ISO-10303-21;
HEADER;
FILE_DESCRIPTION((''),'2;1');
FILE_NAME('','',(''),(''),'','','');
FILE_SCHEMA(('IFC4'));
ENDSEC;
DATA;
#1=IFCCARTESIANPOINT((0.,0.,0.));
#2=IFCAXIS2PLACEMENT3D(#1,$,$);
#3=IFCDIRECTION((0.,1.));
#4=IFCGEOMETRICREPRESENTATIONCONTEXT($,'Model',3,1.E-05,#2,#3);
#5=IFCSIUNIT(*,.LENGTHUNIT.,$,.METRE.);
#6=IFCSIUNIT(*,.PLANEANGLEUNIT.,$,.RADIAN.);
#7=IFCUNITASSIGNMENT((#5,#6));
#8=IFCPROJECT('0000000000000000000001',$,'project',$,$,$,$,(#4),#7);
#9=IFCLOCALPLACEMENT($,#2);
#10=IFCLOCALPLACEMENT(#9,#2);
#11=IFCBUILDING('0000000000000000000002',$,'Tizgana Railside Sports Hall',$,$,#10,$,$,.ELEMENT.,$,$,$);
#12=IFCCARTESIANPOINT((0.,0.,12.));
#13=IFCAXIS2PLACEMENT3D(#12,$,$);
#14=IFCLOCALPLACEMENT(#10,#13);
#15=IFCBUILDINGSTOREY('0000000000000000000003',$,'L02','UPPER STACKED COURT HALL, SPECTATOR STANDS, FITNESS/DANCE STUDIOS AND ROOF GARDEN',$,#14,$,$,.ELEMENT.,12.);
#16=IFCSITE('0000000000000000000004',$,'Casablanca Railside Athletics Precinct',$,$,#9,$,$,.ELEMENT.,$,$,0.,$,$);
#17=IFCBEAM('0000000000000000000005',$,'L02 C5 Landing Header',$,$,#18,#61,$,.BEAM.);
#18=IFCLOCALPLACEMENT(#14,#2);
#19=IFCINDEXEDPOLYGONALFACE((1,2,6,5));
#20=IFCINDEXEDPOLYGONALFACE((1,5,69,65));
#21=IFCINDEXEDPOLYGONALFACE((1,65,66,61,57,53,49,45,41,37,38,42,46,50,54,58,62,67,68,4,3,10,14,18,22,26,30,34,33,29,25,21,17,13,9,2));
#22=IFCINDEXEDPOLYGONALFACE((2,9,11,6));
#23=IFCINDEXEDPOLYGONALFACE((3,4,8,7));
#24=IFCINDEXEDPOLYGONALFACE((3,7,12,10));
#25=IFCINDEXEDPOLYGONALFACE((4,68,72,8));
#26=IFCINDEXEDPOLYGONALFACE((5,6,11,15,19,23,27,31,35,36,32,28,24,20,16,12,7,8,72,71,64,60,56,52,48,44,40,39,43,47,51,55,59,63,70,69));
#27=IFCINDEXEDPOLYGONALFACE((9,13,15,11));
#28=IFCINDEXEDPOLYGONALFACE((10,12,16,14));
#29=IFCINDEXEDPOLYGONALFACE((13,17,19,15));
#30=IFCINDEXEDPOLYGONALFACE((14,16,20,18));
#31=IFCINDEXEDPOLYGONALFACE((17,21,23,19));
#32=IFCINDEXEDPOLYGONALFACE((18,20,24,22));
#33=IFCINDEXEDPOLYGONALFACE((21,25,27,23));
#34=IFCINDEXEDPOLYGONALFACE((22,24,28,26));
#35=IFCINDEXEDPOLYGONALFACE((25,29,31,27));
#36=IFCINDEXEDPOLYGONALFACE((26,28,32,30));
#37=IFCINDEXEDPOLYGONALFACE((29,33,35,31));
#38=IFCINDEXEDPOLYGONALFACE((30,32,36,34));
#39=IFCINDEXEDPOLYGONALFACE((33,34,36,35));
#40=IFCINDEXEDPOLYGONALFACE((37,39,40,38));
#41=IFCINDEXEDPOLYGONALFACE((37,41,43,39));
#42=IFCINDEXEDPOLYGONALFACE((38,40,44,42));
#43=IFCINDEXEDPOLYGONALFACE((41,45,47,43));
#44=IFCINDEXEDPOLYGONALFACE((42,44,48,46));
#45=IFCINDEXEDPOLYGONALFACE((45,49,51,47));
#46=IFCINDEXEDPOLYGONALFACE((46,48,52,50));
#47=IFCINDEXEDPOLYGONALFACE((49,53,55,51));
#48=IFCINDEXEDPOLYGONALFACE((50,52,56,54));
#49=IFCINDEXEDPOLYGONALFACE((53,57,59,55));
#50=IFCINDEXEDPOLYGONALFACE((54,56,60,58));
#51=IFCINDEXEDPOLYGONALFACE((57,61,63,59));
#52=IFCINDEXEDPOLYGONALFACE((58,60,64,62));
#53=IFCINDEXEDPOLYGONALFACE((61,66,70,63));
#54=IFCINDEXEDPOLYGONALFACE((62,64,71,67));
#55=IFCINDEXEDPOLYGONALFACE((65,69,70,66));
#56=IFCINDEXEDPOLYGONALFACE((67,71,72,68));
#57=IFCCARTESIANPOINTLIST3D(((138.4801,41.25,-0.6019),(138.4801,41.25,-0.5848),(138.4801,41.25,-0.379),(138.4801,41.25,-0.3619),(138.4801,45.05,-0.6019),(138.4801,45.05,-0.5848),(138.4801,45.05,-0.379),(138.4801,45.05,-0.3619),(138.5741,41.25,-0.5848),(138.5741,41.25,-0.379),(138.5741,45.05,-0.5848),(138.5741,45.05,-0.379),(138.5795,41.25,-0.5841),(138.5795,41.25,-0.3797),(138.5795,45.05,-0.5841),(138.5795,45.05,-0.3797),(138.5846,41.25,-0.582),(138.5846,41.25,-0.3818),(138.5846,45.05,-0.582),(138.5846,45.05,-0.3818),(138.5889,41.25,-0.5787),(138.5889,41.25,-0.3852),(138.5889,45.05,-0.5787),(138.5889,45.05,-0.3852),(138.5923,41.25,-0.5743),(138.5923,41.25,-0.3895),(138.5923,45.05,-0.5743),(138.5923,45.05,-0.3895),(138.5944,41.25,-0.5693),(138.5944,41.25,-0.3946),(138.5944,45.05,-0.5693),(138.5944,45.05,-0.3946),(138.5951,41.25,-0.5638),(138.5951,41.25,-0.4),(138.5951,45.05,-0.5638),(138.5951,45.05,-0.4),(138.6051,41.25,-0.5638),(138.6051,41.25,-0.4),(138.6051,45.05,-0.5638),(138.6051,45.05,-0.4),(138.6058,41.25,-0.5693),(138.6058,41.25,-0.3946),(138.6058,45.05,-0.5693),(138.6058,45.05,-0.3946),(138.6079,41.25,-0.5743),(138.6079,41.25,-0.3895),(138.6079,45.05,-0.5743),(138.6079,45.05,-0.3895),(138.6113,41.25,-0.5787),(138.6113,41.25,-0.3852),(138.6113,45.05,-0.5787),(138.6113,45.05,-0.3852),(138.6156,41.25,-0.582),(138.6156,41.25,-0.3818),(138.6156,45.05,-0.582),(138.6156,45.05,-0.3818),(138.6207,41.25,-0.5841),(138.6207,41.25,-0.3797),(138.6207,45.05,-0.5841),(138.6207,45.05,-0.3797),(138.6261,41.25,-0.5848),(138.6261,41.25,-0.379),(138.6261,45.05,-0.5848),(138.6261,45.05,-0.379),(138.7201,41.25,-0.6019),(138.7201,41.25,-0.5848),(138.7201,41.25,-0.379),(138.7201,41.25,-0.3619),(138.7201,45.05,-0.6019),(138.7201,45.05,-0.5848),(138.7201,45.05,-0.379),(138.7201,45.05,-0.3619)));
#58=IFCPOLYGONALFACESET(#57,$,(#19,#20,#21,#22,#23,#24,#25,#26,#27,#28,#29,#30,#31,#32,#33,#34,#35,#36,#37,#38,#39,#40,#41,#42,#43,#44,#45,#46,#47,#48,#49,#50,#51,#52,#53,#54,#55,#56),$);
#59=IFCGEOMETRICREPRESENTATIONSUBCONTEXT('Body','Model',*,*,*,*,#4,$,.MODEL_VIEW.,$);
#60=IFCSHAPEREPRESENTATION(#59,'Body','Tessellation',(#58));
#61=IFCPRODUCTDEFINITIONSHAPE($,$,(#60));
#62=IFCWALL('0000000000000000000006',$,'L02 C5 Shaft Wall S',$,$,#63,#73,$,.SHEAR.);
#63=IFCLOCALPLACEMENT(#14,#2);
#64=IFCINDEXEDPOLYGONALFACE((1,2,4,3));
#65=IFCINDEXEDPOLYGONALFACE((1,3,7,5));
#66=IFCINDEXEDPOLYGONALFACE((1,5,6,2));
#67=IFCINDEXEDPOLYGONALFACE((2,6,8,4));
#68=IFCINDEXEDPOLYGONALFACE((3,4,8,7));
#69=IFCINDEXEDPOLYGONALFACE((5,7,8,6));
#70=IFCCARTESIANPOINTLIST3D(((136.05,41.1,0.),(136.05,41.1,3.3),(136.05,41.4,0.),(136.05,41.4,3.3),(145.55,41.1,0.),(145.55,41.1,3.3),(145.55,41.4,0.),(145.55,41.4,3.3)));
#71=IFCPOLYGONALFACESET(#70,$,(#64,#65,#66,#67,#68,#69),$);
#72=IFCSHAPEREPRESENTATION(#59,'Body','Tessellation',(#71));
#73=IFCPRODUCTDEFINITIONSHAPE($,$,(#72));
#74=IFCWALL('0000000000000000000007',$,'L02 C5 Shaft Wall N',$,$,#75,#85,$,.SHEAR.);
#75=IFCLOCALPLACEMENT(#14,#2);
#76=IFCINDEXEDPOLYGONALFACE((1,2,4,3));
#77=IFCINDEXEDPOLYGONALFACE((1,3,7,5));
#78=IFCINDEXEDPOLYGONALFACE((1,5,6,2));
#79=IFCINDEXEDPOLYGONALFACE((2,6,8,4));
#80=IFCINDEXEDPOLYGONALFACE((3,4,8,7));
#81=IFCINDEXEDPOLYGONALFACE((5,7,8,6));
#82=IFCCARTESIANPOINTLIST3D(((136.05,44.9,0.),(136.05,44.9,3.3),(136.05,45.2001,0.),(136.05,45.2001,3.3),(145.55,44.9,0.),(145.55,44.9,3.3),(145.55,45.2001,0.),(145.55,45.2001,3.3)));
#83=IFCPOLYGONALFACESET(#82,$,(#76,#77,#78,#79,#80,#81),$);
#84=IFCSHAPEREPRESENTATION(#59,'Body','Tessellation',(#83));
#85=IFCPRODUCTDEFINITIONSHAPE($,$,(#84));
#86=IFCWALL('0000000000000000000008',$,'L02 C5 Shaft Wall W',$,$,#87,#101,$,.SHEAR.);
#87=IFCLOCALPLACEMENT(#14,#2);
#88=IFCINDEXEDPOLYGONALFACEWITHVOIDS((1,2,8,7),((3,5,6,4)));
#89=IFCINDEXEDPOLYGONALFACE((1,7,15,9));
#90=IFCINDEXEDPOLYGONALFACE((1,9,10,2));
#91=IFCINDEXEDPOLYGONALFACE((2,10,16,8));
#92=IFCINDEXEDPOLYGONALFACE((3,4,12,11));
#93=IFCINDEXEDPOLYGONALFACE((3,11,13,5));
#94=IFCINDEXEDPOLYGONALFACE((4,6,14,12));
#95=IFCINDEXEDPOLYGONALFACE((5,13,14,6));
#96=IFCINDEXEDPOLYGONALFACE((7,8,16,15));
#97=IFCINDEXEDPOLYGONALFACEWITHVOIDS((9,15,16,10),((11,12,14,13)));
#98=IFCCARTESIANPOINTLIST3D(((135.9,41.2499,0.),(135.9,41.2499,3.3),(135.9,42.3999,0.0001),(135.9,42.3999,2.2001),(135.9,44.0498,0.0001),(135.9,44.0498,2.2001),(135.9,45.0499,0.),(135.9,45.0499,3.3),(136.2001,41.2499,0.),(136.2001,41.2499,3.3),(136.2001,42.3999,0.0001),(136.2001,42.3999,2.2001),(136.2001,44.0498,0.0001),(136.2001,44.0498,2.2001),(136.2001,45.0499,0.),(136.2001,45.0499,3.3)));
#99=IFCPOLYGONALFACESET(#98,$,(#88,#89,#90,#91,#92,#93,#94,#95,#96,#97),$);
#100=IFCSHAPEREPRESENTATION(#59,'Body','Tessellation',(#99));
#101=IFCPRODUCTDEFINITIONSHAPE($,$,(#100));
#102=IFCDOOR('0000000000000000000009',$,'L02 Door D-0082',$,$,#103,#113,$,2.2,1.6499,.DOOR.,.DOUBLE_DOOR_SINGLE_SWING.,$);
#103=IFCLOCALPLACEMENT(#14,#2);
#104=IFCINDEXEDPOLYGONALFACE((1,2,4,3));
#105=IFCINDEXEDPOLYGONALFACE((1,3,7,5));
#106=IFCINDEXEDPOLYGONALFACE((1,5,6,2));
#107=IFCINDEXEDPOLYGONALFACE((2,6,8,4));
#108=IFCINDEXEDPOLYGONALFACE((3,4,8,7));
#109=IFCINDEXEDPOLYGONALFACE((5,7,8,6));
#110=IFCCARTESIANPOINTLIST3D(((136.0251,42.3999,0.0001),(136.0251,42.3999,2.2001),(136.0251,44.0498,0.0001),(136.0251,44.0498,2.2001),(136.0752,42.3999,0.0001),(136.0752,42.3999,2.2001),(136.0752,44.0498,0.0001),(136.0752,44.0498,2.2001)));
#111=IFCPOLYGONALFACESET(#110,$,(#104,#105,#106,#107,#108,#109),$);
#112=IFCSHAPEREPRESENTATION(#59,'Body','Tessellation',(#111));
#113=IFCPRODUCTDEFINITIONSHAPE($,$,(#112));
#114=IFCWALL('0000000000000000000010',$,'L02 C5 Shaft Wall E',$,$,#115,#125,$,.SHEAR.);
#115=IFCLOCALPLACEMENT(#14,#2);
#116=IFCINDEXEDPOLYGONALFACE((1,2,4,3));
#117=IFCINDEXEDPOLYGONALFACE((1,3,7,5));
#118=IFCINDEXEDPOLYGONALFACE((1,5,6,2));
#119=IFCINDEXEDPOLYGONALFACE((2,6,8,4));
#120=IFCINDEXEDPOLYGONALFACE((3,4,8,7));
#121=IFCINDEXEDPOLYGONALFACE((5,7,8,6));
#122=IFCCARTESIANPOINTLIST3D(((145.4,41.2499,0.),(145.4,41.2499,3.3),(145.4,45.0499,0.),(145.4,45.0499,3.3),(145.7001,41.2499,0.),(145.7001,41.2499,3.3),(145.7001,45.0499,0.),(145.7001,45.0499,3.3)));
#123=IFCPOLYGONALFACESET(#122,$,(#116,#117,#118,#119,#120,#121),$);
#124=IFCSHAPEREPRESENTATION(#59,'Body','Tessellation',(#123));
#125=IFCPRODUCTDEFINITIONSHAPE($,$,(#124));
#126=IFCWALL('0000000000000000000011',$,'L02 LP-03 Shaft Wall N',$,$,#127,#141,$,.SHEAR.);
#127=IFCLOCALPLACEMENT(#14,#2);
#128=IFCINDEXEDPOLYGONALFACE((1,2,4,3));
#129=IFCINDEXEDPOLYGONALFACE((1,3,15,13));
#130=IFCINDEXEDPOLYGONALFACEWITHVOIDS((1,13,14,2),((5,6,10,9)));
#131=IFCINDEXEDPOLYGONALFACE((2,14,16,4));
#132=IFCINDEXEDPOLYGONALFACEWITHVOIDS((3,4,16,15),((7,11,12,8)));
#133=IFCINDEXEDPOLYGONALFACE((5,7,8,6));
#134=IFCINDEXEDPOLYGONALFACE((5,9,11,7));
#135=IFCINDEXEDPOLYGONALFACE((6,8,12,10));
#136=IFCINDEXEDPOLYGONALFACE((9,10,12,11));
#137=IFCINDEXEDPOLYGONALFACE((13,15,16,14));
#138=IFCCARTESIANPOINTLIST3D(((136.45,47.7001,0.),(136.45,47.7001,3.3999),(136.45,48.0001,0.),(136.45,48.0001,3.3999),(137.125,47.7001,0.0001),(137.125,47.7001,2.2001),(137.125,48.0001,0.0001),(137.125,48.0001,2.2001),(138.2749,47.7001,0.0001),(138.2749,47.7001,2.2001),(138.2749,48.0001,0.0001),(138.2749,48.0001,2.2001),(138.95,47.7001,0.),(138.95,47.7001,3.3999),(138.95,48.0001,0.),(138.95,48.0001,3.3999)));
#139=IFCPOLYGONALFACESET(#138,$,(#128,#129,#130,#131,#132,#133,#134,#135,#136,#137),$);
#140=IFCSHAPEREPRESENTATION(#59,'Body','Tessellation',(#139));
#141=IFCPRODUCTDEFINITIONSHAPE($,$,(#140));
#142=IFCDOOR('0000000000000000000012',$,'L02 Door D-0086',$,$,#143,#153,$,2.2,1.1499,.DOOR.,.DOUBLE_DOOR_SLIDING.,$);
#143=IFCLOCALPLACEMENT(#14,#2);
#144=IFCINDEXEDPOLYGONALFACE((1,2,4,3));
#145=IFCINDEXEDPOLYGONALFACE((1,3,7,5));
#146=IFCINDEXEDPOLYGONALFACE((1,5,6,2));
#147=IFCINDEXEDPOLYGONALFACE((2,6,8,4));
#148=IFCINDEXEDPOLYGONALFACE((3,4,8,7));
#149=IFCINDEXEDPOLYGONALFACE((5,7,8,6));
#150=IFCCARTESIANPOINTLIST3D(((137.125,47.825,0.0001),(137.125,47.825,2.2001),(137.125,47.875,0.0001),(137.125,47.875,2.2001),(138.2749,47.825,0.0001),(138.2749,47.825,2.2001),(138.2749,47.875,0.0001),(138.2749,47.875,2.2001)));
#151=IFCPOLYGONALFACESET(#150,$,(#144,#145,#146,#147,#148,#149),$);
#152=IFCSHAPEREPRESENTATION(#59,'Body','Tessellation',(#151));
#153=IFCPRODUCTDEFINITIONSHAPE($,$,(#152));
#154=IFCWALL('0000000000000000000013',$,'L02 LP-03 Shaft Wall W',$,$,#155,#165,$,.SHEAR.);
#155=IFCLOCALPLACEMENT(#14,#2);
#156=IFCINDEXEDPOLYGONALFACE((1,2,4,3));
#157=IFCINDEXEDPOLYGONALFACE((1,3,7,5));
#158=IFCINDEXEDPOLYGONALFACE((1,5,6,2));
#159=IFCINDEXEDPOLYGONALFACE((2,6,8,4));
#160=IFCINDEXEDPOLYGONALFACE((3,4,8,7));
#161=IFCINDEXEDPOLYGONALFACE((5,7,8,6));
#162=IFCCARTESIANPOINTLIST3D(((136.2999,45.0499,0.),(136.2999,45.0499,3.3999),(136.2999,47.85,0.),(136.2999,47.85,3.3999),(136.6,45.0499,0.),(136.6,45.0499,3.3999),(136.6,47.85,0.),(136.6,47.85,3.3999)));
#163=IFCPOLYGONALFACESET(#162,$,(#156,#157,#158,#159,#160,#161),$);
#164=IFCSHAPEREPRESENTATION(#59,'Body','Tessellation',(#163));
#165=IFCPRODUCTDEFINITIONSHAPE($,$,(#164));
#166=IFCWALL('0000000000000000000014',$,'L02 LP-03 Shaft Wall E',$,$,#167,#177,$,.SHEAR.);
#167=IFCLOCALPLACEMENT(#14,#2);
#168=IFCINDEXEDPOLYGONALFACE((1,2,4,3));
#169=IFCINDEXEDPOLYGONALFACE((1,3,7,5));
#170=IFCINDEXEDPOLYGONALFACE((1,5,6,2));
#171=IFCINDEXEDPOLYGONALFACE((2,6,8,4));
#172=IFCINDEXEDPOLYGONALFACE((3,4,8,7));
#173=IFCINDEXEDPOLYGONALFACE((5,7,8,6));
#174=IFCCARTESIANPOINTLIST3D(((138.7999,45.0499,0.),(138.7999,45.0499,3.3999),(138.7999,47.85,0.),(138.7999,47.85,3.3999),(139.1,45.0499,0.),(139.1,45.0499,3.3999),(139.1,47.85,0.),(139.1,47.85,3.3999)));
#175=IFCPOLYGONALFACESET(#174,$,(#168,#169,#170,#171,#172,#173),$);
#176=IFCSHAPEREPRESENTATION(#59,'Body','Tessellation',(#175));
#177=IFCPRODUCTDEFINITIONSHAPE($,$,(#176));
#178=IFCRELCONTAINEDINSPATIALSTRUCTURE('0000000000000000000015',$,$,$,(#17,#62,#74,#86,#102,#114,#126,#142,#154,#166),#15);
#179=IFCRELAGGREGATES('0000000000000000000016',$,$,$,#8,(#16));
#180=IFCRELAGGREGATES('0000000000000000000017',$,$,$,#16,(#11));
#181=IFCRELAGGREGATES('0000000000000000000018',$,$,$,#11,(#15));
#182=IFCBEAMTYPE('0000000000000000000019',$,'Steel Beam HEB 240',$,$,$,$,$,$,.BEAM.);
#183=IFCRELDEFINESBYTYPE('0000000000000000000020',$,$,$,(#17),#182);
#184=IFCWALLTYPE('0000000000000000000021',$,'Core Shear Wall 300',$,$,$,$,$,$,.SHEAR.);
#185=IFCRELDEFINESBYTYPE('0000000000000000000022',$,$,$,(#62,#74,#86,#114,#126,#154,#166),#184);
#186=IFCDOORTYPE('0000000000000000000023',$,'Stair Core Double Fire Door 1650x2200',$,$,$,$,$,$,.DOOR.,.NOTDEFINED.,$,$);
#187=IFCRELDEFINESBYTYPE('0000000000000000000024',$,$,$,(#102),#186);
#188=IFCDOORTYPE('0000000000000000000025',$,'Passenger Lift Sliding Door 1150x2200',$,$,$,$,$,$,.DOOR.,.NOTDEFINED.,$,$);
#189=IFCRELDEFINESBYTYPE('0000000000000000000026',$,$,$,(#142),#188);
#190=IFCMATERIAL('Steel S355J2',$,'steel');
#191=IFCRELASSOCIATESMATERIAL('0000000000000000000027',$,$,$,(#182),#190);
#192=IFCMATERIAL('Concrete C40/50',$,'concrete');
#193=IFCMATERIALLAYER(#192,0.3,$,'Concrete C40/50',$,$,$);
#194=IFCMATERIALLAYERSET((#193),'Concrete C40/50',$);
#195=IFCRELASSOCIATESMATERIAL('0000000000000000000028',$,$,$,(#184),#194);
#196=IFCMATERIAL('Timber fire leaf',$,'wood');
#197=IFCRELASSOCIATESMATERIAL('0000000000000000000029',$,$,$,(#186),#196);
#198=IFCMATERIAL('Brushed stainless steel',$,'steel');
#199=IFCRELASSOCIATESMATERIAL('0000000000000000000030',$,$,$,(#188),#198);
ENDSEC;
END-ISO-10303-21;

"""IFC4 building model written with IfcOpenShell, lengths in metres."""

from ifc_helpers import new_model, si_unit, direction, frame, frame_2d, origin, origin_2d, place, context, subcontext, project, spatial, rectangle, i_section, extrude, material, layer, layer_set, material_profile, profile_set, type_object, element, fill, save


model = new_model("IFC4")

# Units and contexts
model_context = context("Model", 3, precision=1e-05, world=origin(), true_north=direction((0.0, 1.0)))
body_context = subcontext(model_context, "Body", "Model", "MODEL_VIEW")
ifc_project = project(units=[si_unit("LENGTHUNIT", "METRE"), si_unit("PLANEANGLEUNIT", "RADIAN")], contexts=[model_context])

# Site, building, storey
site_placement = place(None, origin())
site = spatial("IfcSite", under=ifc_project, at=site_placement, Name="Casablanca Railside Athletics Precinct", CompositionType="ELEMENT", RefElevation=0.0)
building_placement = place(site_placement, origin())
building = spatial("IfcBuilding", under=site, at=building_placement, Name="Tizgana Railside Sports Hall", CompositionType="ELEMENT")
storey_placement = place(building_placement, frame((0.0, 0.0, 12.0)))
storey = spatial("IfcBuildingStorey", under=building, at=storey_placement, Name="L02", Description="UPPER STACKED COURT HALL, SPECTATOR STANDS, FITNESS/DANCE STUDIOS AND ROOF GARDEN", CompositionType="ELEMENT", Elevation=12.0)

# Beam
ifc_material_1 = material(Name="Steel S355J2", Category="steel")
ifc_material_profile = material_profile(ifc_material_1, i_section(OverallWidth=0.24, OverallDepth=0.24, WebThickness=0.01, FlangeThickness=0.0171, FilletRadius=0.021, at=origin_2d()), Name="HEB 240")
ifc_profile_set = profile_set([ifc_material_profile], Name="Steel S355J2")
beam_type = type_object("IfcBeamType", Name="Steel Beam HEB 240", PredefinedType="BEAM", material=ifc_profile_set)
beam_placement = place(storey_placement, frame((138.6001, 41.25, -0.4819), z_axis=(0.0, 1.0, 0.0), x_axis=(-1.0, 0.0, 0.0)))
element("IfcBeam", 1, at=beam_placement, inside=storey, type_object=beam_type, Name="L02 C5 Landing Header", PredefinedType="BEAM", context=body_context, shape_type="SweptSolid", body=[
    extrude(i_section(OverallWidth=0.24, OverallDepth=0.24, WebThickness=0.01, FlangeThickness=0.0171, FilletRadius=0.021, at=origin_2d()), origin(), (0.0, 0.0, 1.0), 3.8),
])

# Walls
ifc_material_2 = material(Name="Concrete C40/50", Category="concrete")
ifc_layer_1 = layer(ifc_material_2, 0.3, Name="Concrete C40/50")
ifc_layer_set_1 = layer_set([ifc_layer_1], Name="Concrete C40/50")
wall_type_1 = type_object("IfcWallType", Name="Core Shear Wall 300", PredefinedType="SHEAR", material=ifc_layer_set_1)
for number, where, z_axis, x_axis, name in (
    (2, (145.55, 41.25, 0.0), (0.0, 0.0, 1.0), (-1.0, 0.0, 0.0), "L02 C5 Shaft Wall S"),
    (3, (136.05, 45.05, 0.0), (0.0, 0.0, 1.0), (1.0, 0.0, 0.0), "L02 C5 Shaft Wall N"),
):
    element("IfcWall", number, at=place(storey_placement, frame(where, z_axis=z_axis, x_axis=x_axis)), inside=storey, type_object=wall_type_1, Name=name, PredefinedType="SHEAR", context=body_context, shape_type="SweptSolid", body=[
        extrude(rectangle(XDim=9.5, YDim=0.3, at=frame_2d((4.75, 0.0))), origin(), (0.0, 0.0, 1.0), 3.3),
    ])

# Wall, opening, door
wall_1_placement = place(storey_placement, frame((136.05, 41.25, 0.0), z_axis=(0.0, 0.0, 1.0), x_axis=(0.0, 1.0, 0.0)))
wall_1 = element("IfcWall", 4, at=wall_1_placement, inside=storey, type_object=wall_type_1, Name="L02 C5 Shaft Wall W", PredefinedType="SHEAR", context=body_context, shape_type="SweptSolid", body=[
    extrude(rectangle(XDim=3.8, YDim=0.3, at=frame_2d((1.8999, 0.0))), origin(), (0.0, 0.0, 1.0), 3.3),
])
opening_1_placement = place(wall_1_placement, frame((1.1499, 0.0, 0.0)))
opening_1 = element("IfcOpeningElement", 5, at=opening_1_placement, cuts=wall_1, PredefinedType="OPENING", context=body_context, shape_type="SweptSolid", body=[
    extrude(rectangle(XDim=1.6499, YDim=2.2, at=frame_2d((0.825, 1.1001))), frame((0.0, 0.1599, 0.0), z_axis=(0.0, -1.0, 0.0), x_axis=(1.0, 0.0, 0.0)), (0.0, 0.0, 1.0), 0.3201),
])
ifc_material_3 = material(Name="Timber fire leaf", Category="wood")
door_type_1 = type_object("IfcDoorType", Name="Stair Core Double Fire Door 1650x2200", OperationType="NOTDEFINED", PredefinedType="DOOR", material=ifc_material_3)
door_1_placement = place(opening_1_placement, origin())
door_1 = element("IfcDoor", 6, at=door_1_placement, inside=storey, type_object=door_type_1, Name="L02 Door D-0082", OperationType="DOUBLE_DOOR_SINGLE_SWING", OverallHeight=2.2, OverallWidth=1.6499, PredefinedType="DOOR", context=body_context, shape_type="SweptSolid", body=[
    extrude(rectangle(XDim=1.6499, YDim=2.2, at=frame_2d((0.825, 1.1001))), frame((0.0, 0.0249, 0.0), z_axis=(0.0, -1.0, 0.0), x_axis=(1.0, 0.0, 0.0)), (0.0, 0.0, 1.0), 0.05),
])
fill(opening_1, door_1)

# Wall
wall_2_placement = place(storey_placement, frame((145.55, 41.25, 0.0), z_axis=(0.0, 0.0, 1.0), x_axis=(0.0, 1.0, 0.0)))
element("IfcWall", 7, at=wall_2_placement, inside=storey, type_object=wall_type_1, Name="L02 C5 Shaft Wall E", PredefinedType="SHEAR", context=body_context, shape_type="SweptSolid", body=[
    extrude(rectangle(XDim=3.8, YDim=0.3, at=frame_2d((1.8999, 0.0))), origin(), (0.0, 0.0, 1.0), 3.3),
])

# Wall, opening, door
wall_3_placement = place(storey_placement, frame((136.45, 47.8501, 0.0), z_axis=(0.0, 0.0, 1.0), x_axis=(1.0, 0.0, 0.0)))
wall_3 = element("IfcWall", 8, at=wall_3_placement, inside=storey, type_object=wall_type_1, Name="L02 LP-03 Shaft Wall N", PredefinedType="SHEAR", context=body_context, shape_type="SweptSolid", body=[
    extrude(rectangle(XDim=2.5, YDim=0.3, at=frame_2d((1.25, 0.0))), origin(), (0.0, 0.0, 1.0), 3.3999),
])
opening_2_placement = place(wall_3_placement, frame((0.675, 0.0, 0.0)))
opening_2 = element("IfcOpeningElement", 9, at=opening_2_placement, cuts=wall_3, PredefinedType="OPENING", context=body_context, shape_type="SweptSolid", body=[
    extrude(rectangle(XDim=1.1499, YDim=2.2, at=frame_2d((0.575, 1.1001))), frame((0.0, 0.1599, 0.0), z_axis=(0.0, -1.0, 0.0), x_axis=(1.0, 0.0, 0.0)), (0.0, 0.0, 1.0), 0.3201),
])
ifc_material_4 = material(Name="Brushed stainless steel", Category="steel")
door_type_2 = type_object("IfcDoorType", Name="Passenger Lift Sliding Door 1150x2200", OperationType="NOTDEFINED", PredefinedType="DOOR", material=ifc_material_4)
door_2_placement = place(opening_2_placement, origin())
door_2 = element("IfcDoor", 10, at=door_2_placement, inside=storey, type_object=door_type_2, Name="L02 Door D-0086", OperationType="DOUBLE_DOOR_SLIDING", OverallHeight=2.2, OverallWidth=1.1499, PredefinedType="DOOR", context=body_context, shape_type="SweptSolid", body=[
    extrude(rectangle(XDim=1.1499, YDim=2.2, at=frame_2d((0.575, 1.1001))), frame((0.0, 0.0249, 0.0), z_axis=(0.0, -1.0, 0.0), x_axis=(1.0, 0.0, 0.0)), (0.0, 0.0, 1.0), 0.05),
])
fill(opening_2, door_2)

# Walls
for number, where, z_axis, x_axis, name in (
    (11, (136.45, 45.05, 0.0), (0.0, 0.0, 1.0), (0.0, 1.0, 0.0), "L02 LP-03 Shaft Wall W"),
    (12, (138.95, 45.05, 0.0), (0.0, 0.0, 1.0), (0.0, 1.0, 0.0), "L02 LP-03 Shaft Wall E"),
):
    element("IfcWall", number, at=place(storey_placement, frame(where, z_axis=z_axis, x_axis=x_axis)), inside=storey, type_object=wall_type_1, Name=name, PredefinedType="SHEAR", context=body_context, shape_type="SweptSolid", body=[
        extrude(rectangle(XDim=2.8, YDim=0.3, at=frame_2d((1.3999, 0.0))), origin(), (0.0, 0.0, 1.0), 3.3999),
    ])

save(model, "model.ifc")
